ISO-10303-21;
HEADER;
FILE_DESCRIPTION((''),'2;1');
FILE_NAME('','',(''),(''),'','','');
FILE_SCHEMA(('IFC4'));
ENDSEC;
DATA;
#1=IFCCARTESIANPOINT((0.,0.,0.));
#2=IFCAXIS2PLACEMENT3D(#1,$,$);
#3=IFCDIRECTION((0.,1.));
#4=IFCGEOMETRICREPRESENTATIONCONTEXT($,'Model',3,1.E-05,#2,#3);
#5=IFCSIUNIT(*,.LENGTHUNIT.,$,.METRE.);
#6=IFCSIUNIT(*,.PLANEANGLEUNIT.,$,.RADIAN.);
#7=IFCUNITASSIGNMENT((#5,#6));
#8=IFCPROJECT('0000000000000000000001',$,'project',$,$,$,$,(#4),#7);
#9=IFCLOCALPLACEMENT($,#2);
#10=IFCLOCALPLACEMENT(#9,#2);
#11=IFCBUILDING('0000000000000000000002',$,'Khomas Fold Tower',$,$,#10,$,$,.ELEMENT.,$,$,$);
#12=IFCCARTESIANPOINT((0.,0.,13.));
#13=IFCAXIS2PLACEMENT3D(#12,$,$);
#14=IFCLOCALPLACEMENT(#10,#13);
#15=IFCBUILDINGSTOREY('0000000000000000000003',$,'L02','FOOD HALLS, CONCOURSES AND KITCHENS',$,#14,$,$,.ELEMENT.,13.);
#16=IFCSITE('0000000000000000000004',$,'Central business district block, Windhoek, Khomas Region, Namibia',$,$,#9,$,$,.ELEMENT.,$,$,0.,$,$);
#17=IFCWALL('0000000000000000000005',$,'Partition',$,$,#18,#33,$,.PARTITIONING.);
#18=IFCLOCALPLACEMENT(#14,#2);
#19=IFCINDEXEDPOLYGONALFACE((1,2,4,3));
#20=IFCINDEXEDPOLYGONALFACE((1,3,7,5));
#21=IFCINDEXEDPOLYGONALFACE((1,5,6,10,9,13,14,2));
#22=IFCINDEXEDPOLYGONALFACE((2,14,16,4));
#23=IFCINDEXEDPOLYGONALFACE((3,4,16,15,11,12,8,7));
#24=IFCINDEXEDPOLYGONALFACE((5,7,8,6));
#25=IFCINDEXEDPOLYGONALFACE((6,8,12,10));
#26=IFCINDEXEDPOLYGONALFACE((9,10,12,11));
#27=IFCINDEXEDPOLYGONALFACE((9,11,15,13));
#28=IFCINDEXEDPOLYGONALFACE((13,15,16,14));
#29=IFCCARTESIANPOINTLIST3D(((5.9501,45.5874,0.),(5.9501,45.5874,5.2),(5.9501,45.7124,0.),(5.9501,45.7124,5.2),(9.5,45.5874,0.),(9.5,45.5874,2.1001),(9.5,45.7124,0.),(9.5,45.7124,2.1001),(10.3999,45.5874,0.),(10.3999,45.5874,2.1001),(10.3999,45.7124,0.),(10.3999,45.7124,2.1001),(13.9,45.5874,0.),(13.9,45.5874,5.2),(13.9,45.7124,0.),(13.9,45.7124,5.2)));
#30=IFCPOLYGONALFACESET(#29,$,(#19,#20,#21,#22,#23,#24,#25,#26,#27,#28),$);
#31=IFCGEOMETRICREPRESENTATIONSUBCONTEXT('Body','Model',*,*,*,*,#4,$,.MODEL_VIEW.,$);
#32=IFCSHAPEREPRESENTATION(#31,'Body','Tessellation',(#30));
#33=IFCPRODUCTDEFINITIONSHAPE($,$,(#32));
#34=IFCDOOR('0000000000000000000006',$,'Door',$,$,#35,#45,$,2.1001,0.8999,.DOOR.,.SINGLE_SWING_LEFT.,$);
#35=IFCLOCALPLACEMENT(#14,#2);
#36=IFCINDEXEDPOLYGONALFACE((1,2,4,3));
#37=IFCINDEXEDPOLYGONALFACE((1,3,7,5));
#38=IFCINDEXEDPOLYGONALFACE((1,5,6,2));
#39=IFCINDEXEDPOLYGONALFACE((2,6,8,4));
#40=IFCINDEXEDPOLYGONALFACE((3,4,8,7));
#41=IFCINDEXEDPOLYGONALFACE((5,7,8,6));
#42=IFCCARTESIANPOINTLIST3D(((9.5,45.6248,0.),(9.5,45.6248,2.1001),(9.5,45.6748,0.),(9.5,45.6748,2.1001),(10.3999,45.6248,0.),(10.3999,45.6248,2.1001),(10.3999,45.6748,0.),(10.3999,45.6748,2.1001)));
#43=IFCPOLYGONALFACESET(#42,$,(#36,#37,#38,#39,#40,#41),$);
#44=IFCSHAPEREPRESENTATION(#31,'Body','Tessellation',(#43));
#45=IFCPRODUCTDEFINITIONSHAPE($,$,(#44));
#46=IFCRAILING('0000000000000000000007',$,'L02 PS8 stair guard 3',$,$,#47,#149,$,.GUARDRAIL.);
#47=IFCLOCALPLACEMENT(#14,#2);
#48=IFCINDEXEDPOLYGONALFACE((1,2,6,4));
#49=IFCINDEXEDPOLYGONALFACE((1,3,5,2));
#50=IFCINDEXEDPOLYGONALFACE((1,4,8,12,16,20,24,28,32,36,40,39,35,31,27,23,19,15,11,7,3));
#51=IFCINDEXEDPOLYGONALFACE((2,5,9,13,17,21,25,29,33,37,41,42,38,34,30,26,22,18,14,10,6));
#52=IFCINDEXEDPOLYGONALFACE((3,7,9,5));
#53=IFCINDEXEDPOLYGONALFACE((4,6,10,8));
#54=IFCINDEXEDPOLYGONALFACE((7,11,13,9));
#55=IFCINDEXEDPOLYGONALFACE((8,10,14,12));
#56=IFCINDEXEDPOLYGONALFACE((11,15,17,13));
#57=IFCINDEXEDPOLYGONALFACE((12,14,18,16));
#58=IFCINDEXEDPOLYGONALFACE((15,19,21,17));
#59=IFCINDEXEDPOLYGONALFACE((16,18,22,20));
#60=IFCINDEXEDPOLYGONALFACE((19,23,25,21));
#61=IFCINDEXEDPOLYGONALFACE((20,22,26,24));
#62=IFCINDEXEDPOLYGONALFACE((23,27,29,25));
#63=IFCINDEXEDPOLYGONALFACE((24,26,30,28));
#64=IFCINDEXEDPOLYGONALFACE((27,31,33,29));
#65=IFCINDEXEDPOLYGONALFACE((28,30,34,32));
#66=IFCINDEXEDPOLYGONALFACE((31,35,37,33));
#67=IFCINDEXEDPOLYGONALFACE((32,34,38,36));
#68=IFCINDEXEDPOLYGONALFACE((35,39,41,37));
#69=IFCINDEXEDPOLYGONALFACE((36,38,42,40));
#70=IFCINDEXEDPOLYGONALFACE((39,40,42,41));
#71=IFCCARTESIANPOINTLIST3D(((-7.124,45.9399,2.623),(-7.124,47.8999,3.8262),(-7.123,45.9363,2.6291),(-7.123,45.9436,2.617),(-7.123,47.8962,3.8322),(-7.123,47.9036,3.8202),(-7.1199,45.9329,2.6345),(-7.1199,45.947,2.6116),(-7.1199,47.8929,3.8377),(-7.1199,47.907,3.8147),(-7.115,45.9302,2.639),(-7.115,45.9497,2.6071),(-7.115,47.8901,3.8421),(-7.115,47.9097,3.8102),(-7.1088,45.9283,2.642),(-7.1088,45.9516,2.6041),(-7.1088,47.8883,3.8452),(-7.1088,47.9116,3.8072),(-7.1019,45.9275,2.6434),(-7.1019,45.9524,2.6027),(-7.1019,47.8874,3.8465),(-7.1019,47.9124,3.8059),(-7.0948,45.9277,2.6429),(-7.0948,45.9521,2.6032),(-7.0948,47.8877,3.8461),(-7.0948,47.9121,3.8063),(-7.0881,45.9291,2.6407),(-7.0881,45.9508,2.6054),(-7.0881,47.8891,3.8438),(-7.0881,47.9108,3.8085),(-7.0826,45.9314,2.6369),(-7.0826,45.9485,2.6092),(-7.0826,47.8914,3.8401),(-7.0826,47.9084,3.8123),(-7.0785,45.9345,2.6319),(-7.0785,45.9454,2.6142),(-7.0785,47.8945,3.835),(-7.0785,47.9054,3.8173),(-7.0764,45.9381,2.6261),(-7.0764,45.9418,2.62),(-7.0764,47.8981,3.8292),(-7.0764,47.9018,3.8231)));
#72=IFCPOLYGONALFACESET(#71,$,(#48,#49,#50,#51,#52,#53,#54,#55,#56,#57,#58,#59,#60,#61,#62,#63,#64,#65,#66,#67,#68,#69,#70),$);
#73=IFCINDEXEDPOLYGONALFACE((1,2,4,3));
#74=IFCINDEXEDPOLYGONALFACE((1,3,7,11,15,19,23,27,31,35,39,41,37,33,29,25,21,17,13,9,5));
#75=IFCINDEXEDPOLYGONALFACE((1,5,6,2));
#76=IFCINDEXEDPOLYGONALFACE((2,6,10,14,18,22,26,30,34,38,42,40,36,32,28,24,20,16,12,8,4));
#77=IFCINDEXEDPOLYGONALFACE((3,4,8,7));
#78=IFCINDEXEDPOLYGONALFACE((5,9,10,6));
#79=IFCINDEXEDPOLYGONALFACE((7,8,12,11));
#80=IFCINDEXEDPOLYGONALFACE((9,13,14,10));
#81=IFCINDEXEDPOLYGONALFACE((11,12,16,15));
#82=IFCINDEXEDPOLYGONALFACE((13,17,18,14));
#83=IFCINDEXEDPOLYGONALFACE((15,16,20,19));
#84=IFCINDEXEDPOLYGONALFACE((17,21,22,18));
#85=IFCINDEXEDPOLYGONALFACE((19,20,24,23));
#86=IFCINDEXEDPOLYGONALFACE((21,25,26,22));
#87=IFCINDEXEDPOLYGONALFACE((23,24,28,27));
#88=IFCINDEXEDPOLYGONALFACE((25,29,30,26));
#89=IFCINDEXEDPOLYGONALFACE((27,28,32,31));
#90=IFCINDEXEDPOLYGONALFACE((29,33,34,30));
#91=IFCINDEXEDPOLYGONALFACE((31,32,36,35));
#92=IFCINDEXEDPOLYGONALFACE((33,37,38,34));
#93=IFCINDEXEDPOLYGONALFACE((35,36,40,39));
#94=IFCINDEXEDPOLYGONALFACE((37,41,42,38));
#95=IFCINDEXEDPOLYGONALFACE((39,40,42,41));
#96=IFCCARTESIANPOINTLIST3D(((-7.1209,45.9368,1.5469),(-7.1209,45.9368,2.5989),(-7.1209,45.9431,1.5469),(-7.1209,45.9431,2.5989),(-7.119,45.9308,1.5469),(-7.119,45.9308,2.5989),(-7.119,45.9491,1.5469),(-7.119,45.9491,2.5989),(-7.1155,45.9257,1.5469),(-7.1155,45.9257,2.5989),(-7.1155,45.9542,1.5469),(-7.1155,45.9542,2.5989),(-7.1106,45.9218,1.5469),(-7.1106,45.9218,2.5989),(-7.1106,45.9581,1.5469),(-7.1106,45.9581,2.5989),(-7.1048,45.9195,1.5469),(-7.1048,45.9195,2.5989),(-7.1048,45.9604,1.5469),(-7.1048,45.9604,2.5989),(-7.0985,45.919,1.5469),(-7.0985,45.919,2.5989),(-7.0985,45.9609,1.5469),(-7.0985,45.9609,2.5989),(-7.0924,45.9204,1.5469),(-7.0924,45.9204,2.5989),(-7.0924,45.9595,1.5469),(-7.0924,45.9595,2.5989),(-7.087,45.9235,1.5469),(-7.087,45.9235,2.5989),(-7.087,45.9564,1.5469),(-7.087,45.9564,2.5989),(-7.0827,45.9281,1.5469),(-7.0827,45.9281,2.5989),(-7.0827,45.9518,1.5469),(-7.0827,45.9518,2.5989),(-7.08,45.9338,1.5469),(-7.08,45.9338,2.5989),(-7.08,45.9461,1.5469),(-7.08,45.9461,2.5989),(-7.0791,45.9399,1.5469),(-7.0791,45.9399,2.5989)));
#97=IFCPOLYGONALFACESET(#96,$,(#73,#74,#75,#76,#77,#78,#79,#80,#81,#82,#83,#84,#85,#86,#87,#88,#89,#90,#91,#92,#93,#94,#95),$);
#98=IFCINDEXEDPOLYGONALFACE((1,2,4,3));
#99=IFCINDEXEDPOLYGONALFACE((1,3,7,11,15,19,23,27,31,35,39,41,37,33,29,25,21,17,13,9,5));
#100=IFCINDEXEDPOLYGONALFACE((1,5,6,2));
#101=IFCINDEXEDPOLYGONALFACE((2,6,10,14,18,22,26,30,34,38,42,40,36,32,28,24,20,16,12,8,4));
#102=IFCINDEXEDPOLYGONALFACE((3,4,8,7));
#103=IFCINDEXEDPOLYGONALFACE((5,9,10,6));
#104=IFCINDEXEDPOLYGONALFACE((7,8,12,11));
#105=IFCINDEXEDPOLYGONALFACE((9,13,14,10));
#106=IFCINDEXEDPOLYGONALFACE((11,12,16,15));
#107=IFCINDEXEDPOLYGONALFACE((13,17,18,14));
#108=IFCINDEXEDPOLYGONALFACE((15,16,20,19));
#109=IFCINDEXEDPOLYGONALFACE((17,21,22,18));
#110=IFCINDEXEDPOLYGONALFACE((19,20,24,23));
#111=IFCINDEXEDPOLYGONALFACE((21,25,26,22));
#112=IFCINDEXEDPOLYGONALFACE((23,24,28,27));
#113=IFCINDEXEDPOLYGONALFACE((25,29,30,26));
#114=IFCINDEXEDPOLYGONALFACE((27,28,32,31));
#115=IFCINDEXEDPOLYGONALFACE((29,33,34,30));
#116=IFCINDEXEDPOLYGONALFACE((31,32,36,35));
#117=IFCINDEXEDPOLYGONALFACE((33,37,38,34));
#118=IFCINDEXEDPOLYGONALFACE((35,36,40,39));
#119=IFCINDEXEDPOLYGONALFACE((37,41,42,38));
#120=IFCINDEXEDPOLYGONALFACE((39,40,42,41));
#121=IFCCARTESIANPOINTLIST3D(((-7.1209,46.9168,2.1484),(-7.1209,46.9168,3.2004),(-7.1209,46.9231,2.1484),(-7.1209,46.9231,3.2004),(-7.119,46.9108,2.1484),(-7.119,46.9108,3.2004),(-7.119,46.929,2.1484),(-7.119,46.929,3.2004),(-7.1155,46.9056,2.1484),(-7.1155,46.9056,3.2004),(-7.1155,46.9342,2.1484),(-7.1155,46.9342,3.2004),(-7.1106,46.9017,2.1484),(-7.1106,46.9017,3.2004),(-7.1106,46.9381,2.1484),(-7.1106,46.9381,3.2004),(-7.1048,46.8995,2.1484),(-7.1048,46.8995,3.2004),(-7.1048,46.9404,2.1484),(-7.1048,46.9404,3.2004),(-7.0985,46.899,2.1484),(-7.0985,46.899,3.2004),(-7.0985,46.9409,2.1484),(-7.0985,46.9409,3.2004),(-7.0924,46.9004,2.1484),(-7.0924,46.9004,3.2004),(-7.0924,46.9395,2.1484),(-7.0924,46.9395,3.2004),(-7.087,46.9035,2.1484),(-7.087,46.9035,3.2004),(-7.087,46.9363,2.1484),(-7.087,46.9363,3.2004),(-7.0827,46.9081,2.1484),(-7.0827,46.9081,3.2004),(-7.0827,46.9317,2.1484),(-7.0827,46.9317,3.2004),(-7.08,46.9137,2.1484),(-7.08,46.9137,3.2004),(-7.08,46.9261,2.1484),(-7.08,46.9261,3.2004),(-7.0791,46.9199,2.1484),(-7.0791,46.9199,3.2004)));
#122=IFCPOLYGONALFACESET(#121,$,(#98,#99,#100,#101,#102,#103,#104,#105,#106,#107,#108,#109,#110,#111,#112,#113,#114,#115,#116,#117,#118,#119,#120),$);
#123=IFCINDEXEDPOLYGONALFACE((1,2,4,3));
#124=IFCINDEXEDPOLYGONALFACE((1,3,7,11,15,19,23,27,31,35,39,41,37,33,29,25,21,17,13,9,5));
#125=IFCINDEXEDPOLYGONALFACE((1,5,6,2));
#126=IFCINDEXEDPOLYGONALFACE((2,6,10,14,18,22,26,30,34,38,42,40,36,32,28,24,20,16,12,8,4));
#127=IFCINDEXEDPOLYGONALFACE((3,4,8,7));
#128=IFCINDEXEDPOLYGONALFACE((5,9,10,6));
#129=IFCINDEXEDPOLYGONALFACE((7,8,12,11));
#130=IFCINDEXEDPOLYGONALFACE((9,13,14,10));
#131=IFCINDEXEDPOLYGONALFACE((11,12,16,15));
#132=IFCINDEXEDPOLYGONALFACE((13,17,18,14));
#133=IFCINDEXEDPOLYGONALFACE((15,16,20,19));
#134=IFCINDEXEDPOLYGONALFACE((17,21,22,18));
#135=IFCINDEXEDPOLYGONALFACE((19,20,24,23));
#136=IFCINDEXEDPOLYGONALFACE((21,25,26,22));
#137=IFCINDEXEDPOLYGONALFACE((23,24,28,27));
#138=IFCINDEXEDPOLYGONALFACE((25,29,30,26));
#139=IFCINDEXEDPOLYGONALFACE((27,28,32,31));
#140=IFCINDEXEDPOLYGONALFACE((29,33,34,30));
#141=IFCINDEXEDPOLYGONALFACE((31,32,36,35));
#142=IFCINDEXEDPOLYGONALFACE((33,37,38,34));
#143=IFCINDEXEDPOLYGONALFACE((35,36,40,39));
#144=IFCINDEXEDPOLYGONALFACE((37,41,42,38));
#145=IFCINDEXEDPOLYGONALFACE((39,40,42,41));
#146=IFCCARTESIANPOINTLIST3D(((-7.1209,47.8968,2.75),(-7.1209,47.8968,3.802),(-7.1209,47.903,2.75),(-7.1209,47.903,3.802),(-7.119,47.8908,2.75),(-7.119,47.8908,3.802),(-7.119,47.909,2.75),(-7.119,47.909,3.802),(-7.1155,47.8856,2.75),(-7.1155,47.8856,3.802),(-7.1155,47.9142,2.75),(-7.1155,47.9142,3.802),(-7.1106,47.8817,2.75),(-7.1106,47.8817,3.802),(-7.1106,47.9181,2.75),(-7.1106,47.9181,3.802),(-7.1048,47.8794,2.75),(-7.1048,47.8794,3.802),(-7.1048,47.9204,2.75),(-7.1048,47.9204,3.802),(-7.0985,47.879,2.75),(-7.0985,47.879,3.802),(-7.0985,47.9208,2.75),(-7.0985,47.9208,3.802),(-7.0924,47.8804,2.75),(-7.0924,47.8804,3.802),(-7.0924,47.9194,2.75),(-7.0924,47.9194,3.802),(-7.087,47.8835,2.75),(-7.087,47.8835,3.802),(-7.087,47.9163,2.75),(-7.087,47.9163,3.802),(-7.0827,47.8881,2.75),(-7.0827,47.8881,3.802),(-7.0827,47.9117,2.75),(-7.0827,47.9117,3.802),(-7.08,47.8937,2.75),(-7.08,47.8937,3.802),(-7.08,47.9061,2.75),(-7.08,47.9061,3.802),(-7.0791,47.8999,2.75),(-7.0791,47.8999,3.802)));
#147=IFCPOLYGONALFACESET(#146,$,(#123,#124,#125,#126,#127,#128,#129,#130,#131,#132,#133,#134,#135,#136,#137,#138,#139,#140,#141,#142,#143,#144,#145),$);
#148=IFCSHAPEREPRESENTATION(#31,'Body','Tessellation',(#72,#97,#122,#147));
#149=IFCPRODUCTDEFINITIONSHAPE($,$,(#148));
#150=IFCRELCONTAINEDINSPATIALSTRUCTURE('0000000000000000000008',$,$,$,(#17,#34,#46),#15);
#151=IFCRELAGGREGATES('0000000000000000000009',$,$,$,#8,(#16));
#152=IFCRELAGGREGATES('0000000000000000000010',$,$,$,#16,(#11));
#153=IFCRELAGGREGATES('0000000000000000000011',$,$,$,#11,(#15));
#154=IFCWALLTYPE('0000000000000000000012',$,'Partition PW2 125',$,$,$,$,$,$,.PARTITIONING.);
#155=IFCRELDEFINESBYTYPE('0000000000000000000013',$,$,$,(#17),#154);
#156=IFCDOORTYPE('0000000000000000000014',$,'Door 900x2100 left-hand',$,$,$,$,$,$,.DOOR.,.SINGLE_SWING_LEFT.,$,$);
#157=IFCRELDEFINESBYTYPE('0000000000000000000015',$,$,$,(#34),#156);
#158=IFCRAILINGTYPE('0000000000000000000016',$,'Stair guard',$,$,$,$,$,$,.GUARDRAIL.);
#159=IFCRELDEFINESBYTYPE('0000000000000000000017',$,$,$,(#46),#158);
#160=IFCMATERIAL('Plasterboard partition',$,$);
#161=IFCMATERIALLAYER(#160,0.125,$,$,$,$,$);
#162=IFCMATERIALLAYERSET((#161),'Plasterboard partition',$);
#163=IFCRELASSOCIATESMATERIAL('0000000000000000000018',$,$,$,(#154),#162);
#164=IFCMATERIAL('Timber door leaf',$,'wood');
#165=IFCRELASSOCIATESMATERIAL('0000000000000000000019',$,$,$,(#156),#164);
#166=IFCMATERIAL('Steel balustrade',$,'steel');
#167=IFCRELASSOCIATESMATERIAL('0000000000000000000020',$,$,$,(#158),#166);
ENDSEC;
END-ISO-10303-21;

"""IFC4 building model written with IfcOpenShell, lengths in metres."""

from ifc_helpers import new_model, si_unit, direction, frame, frame_2d, origin, origin_2d, place, context, subcontext, project, spatial, rectangle, circle, extrude, source, transform, mapped, material, layer, layer_set, type_object, element, fill, save


model = new_model("IFC4")

# Units and contexts
model_context = context("Model", 3, precision=1e-05, world=origin(), true_north=direction((0.0, 1.0)))
body_context = subcontext(model_context, "Body", "Model", "MODEL_VIEW")
ifc_project = project(units=[si_unit("LENGTHUNIT", "METRE"), si_unit("PLANEANGLEUNIT", "RADIAN")], contexts=[model_context])

# Site, building, storey
site_placement = place(None, origin())
site = spatial("IfcSite", under=ifc_project, at=site_placement, Name="Central business district block, Windhoek, Khomas Region, Namibia", CompositionType="ELEMENT", RefElevation=0.0)
building_placement = place(site_placement, origin())
building = spatial("IfcBuilding", under=site, at=building_placement, Name="Khomas Fold Tower", CompositionType="ELEMENT")
storey_placement = place(building_placement, frame((0.0, 0.0, 13.0)))
storey = spatial("IfcBuildingStorey", under=building, at=storey_placement, Name="L02", Description="FOOD HALLS, CONCOURSES AND KITCHENS", CompositionType="ELEMENT", Elevation=13.0)

# Wall, opening, door
ifc_material_1 = material(Name="Plasterboard partition")
ifc_layer_1 = layer(ifc_material_1, 0.125)
ifc_layer_set_1 = layer_set([ifc_layer_1], Name="Plasterboard partition")
wall_type_1 = type_object("IfcWallType", Name="Partition PW2 125", PredefinedType="PARTITIONING", material=ifc_layer_set_1)
shared_shape_1 = source(origin(), body_context, "Body", "SweptSolid", [
    extrude(rectangle(XDim=7.95, YDim=0.125, at=frame_2d((3.9751, 0.0))), origin(), (0.0, 0.0, 1.0), 5.2),
])
wall_1_placement = place(storey_placement, frame((5.95, 45.6499, 0.0), z_axis=(0.0, 0.0, 1.0), x_axis=(1.0, 0.0, 0.0)))
wall_1 = element("IfcWall", 1, at=wall_1_placement, inside=storey, type_object=wall_type_1, Name="Partition", PredefinedType="PARTITIONING", context=body_context, shape_type="MappedRepresentation", body=[
    mapped(shared_shape_1, transform((0.0, 0.0, 0.0))),
])
shared_shape_2 = source(origin(), body_context, "Body", "SweptSolid", [
    extrude(rectangle(XDim=0.8999, YDim=2.1001, at=frame_2d((0.45, 1.05))), frame((0.0, 0.0725, 0.0), z_axis=(0.0, -1.0, 0.0), x_axis=(1.0, 0.0, 0.0)), (0.0, 0.0, 1.0), 0.145),
])
opening_1_placement = place(wall_1_placement, frame((3.55, 0.0, 0.0)))
opening_1 = element("IfcOpeningElement", 2, at=opening_1_placement, cuts=wall_1, PredefinedType="OPENING", context=body_context, shape_type="MappedRepresentation", body=[
    mapped(shared_shape_2, transform((0.0, 0.0, 0.0))),
])
ifc_material_2 = material(Name="Timber door leaf", Category="wood")
door_type_1 = type_object("IfcDoorType", Name="Door 900x2100 left-hand", OperationType="SINGLE_SWING_LEFT", PredefinedType="DOOR", material=ifc_material_2)
shared_shape_3 = source(origin(), body_context, "Body", "SweptSolid", [
    extrude(rectangle(XDim=0.8999, YDim=2.1001, at=frame_2d((0.45, 1.05))), frame((0.0, 0.0249, 0.0), z_axis=(0.0, -1.0, 0.0), x_axis=(1.0, 0.0, 0.0)), (0.0, 0.0, 1.0), 0.05),
])
door_1_placement = place(opening_1_placement, origin())
door_1 = element("IfcDoor", 3, at=door_1_placement, inside=storey, type_object=door_type_1, Name="Door", OperationType="SINGLE_SWING_LEFT", OverallHeight=2.1001, OverallWidth=0.8999, PredefinedType="DOOR", context=body_context, shape_type="MappedRepresentation", body=[
    mapped(shared_shape_3, transform((0.0, 0.0, 0.0))),
])
fill(opening_1, door_1)

# Railing
ifc_material_3 = material(Name="Steel balustrade", Category="steel")
railing_type_1 = type_object("IfcRailingType", Name="Stair guard", PredefinedType="GUARDRAIL", material=ifc_material_3)
shared_shape_4 = source(origin(), body_context, "Body", "SweptSolid", [
    extrude(circle(Radius=0.0239, at=origin_2d()), frame((0.0, 0.0, 1.0762), z_axis=(0.0, 0.852241, 0.523149), x_axis=(-1.0, 0.0, 0.0)), (0.0, 0.0, 1.0), 2.2998),
    extrude(circle(Radius=0.021, at=origin_2d()), origin(), (0.0, 0.0, 1.0), 1.052),
    extrude(circle(Radius=0.021, at=origin_2d()), frame((0.0, 0.98, 0.6016)), (0.0, 0.0, 1.0), 1.052),
    extrude(circle(Radius=0.021, at=origin_2d()), frame((0.0, 1.96, 1.2031)), (0.0, 0.0, 1.0), 1.052),
])
for number, where, name in (
    (4, (-7.1001, 45.9399, 1.5469), "L02 PS8 stair guard 3"),
):
    element("IfcRailing", number, at=place(storey_placement, frame(where)), inside=storey, type_object=railing_type_1, Name=name, PredefinedType="GUARDRAIL", context=body_context, shape_type="MappedRepresentation", body=[
        mapped(shared_shape_4, transform((0.0, 0.0, 0.0))),
    ])

save(model, "model.ifc")
